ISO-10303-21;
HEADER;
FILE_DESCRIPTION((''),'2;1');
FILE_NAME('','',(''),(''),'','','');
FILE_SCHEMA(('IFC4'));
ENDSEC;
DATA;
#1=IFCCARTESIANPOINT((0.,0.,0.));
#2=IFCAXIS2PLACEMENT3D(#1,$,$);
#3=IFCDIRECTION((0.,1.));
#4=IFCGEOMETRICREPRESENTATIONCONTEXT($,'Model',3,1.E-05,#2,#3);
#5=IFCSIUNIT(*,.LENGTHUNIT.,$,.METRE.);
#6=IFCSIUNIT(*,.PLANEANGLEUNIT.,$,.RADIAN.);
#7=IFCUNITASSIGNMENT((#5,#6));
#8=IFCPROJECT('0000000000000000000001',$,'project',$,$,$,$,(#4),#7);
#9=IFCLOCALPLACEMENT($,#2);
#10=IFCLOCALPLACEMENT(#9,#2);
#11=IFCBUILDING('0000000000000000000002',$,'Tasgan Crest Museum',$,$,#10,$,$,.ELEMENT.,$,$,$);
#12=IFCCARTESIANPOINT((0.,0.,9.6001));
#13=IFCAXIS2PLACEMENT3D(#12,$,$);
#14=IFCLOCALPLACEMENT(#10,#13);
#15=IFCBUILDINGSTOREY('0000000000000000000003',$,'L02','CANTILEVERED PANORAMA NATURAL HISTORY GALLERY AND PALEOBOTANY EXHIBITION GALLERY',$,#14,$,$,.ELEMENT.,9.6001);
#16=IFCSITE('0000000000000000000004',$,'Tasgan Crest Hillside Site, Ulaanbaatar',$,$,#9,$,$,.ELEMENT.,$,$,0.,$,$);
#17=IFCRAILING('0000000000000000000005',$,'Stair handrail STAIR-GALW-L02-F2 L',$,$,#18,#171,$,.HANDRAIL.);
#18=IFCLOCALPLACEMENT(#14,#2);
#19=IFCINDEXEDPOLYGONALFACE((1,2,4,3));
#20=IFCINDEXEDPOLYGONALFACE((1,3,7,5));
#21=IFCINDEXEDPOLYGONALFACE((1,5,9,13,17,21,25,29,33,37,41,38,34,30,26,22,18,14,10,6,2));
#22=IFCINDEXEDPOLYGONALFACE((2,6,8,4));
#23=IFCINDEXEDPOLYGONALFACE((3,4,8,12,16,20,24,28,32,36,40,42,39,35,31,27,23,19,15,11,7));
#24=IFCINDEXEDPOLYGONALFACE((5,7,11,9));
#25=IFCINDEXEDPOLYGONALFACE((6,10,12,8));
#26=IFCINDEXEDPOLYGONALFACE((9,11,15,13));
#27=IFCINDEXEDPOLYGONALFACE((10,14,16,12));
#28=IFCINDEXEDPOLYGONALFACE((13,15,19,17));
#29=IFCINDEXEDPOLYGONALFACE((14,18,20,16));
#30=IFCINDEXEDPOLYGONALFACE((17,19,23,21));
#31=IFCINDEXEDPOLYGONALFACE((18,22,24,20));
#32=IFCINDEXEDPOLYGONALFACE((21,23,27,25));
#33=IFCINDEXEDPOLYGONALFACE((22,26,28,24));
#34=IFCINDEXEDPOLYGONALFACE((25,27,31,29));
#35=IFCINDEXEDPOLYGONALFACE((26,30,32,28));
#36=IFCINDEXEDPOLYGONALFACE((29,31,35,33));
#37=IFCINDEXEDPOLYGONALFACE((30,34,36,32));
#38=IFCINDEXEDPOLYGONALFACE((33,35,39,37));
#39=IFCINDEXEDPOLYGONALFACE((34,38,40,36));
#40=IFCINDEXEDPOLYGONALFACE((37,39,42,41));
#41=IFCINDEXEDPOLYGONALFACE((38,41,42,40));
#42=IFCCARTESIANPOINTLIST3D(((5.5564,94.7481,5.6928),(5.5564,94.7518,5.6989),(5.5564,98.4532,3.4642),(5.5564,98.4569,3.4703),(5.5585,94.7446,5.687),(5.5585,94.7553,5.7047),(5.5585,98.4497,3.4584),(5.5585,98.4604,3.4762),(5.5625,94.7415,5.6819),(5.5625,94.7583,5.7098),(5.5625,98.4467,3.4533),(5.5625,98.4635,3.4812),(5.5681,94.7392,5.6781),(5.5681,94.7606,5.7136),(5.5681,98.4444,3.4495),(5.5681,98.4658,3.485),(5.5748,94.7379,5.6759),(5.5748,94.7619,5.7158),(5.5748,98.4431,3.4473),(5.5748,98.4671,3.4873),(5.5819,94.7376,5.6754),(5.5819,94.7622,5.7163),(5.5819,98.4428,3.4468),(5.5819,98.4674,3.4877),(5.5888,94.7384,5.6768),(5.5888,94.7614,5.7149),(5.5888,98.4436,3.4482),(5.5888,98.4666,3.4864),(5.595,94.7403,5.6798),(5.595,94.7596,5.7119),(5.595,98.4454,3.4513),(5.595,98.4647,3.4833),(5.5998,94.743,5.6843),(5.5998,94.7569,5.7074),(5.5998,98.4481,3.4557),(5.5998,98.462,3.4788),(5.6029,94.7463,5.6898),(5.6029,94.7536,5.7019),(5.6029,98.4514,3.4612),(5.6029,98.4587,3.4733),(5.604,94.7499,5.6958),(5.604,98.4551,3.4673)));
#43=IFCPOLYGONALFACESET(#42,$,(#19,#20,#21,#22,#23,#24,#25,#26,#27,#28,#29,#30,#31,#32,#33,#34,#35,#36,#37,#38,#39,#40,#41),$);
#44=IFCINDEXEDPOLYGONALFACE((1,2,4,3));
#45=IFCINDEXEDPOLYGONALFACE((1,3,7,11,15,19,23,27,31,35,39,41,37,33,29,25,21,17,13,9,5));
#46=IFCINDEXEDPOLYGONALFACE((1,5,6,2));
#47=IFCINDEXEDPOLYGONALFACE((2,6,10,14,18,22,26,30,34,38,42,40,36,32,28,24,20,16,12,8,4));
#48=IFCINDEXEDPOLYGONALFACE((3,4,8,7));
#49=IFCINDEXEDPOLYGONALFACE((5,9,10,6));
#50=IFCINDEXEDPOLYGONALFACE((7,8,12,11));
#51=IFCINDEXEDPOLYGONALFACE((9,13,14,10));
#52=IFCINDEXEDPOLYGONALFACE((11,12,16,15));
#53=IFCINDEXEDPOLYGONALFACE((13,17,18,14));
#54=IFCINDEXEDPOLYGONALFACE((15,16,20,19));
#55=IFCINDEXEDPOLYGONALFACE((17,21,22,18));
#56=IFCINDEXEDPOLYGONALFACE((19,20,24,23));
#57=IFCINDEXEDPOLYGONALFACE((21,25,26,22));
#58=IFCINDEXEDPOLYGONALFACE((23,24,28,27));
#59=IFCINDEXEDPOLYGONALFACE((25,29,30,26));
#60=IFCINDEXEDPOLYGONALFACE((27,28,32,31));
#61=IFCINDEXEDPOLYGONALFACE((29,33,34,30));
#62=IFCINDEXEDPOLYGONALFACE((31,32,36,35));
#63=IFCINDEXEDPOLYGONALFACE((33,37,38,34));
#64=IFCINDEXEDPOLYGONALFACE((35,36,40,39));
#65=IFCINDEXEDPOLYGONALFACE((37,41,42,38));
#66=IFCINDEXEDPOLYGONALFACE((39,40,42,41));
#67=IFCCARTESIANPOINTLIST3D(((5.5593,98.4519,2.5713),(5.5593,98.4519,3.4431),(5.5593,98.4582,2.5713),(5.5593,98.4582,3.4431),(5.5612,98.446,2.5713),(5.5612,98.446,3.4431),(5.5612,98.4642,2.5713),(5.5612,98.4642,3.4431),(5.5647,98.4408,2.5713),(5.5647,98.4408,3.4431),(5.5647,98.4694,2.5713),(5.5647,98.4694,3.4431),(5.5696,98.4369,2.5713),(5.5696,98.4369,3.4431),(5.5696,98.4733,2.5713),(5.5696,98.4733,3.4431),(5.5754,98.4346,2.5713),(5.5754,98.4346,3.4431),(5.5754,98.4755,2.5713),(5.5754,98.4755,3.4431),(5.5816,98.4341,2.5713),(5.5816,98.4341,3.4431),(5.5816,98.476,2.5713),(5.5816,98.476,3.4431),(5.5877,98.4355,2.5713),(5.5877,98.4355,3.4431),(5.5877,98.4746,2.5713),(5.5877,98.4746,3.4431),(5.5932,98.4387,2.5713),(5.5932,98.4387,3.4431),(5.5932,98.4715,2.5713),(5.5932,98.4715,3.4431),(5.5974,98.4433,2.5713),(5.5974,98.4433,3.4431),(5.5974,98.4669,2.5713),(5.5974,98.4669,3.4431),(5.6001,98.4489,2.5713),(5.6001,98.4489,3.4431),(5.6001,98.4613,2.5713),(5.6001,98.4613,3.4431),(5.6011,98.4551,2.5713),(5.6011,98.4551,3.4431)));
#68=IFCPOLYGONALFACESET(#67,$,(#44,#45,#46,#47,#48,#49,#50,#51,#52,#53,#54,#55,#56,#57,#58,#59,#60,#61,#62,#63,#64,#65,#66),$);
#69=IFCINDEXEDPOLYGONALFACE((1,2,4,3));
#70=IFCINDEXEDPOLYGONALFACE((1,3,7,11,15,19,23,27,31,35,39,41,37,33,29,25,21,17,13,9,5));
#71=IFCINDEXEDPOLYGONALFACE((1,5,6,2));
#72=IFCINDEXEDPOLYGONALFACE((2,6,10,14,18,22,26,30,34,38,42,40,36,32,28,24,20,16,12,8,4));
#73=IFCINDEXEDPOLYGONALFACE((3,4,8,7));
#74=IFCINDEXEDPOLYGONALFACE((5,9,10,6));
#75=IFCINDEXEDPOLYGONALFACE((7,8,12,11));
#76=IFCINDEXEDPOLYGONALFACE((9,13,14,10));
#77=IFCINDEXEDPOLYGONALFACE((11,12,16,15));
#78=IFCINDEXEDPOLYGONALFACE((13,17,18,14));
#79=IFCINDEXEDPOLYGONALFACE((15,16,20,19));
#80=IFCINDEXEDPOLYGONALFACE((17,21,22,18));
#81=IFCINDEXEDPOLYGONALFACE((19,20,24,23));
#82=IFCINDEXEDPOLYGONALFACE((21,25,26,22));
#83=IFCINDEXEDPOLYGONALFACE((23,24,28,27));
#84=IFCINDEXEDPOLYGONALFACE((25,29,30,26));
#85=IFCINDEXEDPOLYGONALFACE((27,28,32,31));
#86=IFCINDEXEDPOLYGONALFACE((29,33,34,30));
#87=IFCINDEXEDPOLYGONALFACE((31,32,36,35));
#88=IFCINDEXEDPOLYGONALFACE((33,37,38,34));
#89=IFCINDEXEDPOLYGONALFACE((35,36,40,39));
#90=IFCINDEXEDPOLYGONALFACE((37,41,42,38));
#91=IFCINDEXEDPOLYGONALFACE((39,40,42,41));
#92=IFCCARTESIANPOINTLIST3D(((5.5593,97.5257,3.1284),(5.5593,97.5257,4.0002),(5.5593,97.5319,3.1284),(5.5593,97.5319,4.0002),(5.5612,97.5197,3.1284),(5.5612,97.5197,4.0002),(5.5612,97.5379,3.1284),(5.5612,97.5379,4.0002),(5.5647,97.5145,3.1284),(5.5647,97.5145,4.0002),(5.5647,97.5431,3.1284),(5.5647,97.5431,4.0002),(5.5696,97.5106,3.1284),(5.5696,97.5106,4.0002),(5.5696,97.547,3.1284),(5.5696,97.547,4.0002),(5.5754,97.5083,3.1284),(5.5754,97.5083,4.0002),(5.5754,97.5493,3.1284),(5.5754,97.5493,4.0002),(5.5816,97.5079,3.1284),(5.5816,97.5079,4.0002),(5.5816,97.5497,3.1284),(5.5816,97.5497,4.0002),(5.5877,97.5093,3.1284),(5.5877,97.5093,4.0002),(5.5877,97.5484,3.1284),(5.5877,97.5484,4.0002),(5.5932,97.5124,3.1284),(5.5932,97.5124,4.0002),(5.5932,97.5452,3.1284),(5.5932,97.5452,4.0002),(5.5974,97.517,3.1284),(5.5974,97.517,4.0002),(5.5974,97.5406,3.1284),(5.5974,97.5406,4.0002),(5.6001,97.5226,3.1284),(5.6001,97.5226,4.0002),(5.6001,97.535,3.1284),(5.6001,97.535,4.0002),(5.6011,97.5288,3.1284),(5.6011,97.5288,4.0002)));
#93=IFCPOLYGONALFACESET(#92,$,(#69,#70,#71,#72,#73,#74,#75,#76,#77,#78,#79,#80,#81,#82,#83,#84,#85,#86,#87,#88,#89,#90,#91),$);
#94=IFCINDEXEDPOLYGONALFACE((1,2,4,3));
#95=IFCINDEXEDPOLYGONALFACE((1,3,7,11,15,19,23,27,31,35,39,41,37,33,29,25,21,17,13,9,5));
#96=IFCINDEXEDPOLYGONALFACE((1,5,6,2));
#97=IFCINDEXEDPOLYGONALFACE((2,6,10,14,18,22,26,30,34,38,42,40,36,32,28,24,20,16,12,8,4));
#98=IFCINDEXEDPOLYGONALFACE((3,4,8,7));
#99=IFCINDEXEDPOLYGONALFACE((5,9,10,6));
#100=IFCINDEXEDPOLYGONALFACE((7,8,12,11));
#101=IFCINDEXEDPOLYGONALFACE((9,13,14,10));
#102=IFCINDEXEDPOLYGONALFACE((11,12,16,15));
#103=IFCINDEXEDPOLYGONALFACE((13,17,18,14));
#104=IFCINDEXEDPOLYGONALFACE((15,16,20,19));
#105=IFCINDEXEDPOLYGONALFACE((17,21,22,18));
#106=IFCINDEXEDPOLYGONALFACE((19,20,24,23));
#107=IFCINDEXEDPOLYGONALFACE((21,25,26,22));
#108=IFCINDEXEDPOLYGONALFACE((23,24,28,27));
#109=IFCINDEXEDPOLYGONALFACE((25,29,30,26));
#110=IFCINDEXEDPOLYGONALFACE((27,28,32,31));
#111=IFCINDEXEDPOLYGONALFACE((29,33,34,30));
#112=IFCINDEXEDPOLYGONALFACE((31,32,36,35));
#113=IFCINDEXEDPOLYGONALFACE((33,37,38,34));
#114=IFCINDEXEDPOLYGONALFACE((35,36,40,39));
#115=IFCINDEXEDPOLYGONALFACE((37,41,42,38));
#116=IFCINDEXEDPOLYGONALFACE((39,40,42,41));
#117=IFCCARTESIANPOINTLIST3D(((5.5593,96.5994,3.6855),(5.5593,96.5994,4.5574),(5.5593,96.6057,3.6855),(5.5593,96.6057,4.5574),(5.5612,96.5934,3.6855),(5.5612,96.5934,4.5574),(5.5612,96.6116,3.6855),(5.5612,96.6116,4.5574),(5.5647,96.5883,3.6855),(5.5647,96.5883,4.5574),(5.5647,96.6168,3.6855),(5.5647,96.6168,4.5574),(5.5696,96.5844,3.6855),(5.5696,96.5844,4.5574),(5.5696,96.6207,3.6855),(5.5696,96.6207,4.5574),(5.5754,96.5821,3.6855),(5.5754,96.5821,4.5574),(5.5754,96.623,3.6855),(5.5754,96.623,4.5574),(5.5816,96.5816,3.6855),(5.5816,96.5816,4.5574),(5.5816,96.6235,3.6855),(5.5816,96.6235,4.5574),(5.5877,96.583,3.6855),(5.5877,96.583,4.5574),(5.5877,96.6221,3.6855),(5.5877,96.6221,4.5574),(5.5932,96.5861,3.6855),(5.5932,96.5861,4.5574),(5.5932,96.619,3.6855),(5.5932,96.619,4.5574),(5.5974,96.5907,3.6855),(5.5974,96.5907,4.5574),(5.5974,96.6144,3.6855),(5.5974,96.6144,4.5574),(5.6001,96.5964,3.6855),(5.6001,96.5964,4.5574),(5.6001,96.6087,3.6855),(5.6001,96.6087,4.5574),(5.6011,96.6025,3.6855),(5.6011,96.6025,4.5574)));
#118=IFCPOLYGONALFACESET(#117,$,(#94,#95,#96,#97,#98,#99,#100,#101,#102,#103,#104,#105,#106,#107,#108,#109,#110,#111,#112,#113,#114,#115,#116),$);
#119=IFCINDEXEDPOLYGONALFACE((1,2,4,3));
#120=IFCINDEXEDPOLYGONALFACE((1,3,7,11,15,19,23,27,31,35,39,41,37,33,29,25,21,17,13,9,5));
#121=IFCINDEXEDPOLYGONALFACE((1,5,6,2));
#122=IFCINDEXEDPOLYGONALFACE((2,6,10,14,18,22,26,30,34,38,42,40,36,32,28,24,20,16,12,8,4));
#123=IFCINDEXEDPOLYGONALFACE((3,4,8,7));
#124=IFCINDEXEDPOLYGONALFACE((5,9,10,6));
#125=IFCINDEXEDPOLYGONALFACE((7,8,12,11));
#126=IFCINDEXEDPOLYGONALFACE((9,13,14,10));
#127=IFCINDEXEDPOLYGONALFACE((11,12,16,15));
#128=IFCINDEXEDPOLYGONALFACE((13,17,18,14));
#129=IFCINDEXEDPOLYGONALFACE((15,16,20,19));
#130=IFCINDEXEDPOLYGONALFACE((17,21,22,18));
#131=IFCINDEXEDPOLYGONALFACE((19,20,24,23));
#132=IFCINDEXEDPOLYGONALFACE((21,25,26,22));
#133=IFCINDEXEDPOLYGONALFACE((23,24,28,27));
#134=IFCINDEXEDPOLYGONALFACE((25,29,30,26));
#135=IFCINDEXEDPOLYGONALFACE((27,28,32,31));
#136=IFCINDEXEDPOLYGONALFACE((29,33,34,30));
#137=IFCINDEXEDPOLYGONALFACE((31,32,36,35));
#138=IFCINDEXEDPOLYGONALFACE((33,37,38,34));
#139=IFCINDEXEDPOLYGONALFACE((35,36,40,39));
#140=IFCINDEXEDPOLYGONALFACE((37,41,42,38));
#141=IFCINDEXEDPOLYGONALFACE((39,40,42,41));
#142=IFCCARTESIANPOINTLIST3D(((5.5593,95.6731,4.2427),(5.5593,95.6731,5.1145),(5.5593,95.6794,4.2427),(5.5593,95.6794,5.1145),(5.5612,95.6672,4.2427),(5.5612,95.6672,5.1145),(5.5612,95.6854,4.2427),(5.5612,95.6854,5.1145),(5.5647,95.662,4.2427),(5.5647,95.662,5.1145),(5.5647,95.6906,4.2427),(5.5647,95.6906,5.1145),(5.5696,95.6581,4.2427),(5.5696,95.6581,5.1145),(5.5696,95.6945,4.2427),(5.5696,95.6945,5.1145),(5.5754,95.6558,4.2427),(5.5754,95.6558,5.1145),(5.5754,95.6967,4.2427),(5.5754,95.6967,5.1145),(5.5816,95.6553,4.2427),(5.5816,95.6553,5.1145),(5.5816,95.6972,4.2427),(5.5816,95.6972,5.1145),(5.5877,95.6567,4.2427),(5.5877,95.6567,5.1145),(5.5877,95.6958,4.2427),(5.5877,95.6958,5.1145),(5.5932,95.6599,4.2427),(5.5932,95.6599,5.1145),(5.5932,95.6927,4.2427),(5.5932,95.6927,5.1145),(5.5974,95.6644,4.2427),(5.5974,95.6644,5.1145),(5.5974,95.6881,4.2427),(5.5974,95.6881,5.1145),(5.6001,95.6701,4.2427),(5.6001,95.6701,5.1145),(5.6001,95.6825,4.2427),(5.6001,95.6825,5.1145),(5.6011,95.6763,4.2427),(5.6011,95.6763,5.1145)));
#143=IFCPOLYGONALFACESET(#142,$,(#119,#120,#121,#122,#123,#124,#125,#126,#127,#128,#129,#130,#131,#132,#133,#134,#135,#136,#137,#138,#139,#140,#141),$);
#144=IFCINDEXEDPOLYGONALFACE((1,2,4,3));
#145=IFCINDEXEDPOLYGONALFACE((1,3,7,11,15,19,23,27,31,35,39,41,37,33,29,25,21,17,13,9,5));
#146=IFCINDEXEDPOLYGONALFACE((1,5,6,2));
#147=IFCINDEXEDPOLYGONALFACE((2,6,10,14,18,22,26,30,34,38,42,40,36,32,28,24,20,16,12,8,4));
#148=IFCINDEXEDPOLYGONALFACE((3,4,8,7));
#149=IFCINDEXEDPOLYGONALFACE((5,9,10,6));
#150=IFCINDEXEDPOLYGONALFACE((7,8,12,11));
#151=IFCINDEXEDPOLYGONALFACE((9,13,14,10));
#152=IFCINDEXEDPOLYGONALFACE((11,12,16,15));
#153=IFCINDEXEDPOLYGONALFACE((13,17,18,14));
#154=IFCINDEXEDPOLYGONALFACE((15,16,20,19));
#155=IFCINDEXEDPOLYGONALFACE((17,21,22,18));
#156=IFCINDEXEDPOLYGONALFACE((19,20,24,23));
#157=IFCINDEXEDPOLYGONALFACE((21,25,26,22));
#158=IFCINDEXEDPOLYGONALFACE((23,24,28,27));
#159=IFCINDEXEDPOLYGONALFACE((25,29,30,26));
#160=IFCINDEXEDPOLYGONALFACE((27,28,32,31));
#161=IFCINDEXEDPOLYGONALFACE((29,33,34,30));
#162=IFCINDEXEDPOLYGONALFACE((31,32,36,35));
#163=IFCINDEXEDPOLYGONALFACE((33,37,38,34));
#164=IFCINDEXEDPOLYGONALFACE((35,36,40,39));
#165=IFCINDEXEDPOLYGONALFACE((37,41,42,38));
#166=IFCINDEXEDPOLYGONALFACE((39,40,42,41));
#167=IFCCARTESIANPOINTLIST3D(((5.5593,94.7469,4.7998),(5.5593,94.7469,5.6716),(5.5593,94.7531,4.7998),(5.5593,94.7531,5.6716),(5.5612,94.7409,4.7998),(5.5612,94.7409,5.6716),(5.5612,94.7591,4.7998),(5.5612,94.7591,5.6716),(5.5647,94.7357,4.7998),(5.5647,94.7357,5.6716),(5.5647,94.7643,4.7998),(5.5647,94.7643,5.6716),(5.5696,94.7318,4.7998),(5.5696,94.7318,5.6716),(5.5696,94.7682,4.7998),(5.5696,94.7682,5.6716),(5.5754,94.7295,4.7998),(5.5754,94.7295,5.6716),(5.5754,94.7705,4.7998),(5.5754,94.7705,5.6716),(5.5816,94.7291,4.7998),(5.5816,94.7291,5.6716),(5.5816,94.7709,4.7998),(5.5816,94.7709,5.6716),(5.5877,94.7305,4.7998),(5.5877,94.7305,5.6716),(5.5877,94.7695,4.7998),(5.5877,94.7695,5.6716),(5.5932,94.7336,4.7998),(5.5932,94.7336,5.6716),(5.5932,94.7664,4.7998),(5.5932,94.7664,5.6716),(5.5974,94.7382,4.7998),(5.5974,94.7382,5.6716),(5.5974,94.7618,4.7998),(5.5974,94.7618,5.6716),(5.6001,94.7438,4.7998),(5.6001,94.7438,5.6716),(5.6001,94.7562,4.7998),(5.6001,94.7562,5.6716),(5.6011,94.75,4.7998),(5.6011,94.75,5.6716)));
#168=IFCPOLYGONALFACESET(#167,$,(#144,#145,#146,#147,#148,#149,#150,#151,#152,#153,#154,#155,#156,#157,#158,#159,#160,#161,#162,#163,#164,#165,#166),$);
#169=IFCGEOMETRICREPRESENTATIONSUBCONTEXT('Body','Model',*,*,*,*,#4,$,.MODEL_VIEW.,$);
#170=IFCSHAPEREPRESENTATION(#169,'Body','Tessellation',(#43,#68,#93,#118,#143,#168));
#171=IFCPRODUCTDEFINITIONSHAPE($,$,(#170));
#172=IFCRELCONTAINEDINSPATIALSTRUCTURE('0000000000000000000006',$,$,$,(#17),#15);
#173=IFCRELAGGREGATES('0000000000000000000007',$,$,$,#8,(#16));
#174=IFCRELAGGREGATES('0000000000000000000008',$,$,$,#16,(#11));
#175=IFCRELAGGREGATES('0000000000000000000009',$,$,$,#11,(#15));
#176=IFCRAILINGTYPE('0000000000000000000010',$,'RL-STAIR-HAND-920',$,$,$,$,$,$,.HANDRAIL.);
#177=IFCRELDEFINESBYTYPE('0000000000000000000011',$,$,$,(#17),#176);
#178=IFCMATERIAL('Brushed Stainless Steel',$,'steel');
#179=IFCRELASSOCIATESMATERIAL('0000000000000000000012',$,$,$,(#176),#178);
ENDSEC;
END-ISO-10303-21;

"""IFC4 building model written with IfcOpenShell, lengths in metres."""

from ifc_helpers import new_model, si_unit, direction, frame, origin, origin_2d, place, context, subcontext, project, spatial, circle, extrude, material, type_object, element, save


model = new_model("IFC4")

# Units and contexts
model_context = context("Model", 3, precision=1e-05, world=origin(), true_north=direction((0.0, 1.0)))
body_context = subcontext(model_context, "Body", "Model", "MODEL_VIEW")
ifc_project = project(units=[si_unit("LENGTHUNIT", "METRE"), si_unit("PLANEANGLEUNIT", "RADIAN")], contexts=[model_context])

# Site, building, storey
site_placement = place(None, origin())
site = spatial("IfcSite", under=ifc_project, at=site_placement, Name="Tasgan Crest Hillside Site, Ulaanbaatar", CompositionType="ELEMENT", RefElevation=0.0)
building_placement = place(site_placement, origin())
building = spatial("IfcBuilding", under=site, at=building_placement, Name="Tasgan Crest Museum", CompositionType="ELEMENT")
storey_placement = place(building_placement, frame((0.0, 0.0, 9.6001)))
storey = spatial("IfcBuildingStorey", under=building, at=storey_placement, Name="L02", Description="CANTILEVERED PANORAMA NATURAL HISTORY GALLERY AND PALEOBOTANY EXHIBITION GALLERY", CompositionType="ELEMENT", Elevation=9.6001)

# Railing
ifc_material_1 = material(Name="Brushed Stainless Steel", Category="steel")
railing_type_1 = type_object("IfcRailingType", Name="RL-STAIR-HAND-920", PredefinedType="HANDRAIL", material=ifc_material_1)
for number, where, name in (
    (1, (5.5801, 98.4551, 2.5713), "Stair handrail STAIR-GALW-L02-F2 L"),
):
    element("IfcRailing", number, at=place(storey_placement, frame(where)), inside=storey, type_object=railing_type_1, Name=name, PredefinedType="HANDRAIL", context=body_context, shape_type="SweptSolid", body=[
        extrude(circle(Radius=0.0239, at=origin_2d()), frame((0.0, 0.0, 0.896), z_axis=(0.0, -0.856934, 0.515425), x_axis=(1.0, 0.0, 0.0)), (0.0, 0.0, 1.0), 4.3237),
        extrude(circle(Radius=0.021, at=origin_2d()), origin(), (0.0, 0.0, 1.0), 0.8718),
        extrude(circle(Radius=0.021, at=origin_2d()), frame((0.0, -0.9263, 0.5571)), (0.0, 0.0, 1.0), 0.8718),
        extrude(circle(Radius=0.021, at=origin_2d()), frame((0.0, -1.8525, 1.1143)), (0.0, 0.0, 1.0), 0.8718),
        extrude(circle(Radius=0.021, at=origin_2d()), frame((0.0, -2.7788, 1.6714)), (0.0, 0.0, 1.0), 0.8718),
        extrude(circle(Radius=0.021, at=origin_2d()), frame((0.0, -3.7051, 2.2285)), (0.0, 0.0, 1.0), 0.8718),
    ])

save(model, "model.ifc")
